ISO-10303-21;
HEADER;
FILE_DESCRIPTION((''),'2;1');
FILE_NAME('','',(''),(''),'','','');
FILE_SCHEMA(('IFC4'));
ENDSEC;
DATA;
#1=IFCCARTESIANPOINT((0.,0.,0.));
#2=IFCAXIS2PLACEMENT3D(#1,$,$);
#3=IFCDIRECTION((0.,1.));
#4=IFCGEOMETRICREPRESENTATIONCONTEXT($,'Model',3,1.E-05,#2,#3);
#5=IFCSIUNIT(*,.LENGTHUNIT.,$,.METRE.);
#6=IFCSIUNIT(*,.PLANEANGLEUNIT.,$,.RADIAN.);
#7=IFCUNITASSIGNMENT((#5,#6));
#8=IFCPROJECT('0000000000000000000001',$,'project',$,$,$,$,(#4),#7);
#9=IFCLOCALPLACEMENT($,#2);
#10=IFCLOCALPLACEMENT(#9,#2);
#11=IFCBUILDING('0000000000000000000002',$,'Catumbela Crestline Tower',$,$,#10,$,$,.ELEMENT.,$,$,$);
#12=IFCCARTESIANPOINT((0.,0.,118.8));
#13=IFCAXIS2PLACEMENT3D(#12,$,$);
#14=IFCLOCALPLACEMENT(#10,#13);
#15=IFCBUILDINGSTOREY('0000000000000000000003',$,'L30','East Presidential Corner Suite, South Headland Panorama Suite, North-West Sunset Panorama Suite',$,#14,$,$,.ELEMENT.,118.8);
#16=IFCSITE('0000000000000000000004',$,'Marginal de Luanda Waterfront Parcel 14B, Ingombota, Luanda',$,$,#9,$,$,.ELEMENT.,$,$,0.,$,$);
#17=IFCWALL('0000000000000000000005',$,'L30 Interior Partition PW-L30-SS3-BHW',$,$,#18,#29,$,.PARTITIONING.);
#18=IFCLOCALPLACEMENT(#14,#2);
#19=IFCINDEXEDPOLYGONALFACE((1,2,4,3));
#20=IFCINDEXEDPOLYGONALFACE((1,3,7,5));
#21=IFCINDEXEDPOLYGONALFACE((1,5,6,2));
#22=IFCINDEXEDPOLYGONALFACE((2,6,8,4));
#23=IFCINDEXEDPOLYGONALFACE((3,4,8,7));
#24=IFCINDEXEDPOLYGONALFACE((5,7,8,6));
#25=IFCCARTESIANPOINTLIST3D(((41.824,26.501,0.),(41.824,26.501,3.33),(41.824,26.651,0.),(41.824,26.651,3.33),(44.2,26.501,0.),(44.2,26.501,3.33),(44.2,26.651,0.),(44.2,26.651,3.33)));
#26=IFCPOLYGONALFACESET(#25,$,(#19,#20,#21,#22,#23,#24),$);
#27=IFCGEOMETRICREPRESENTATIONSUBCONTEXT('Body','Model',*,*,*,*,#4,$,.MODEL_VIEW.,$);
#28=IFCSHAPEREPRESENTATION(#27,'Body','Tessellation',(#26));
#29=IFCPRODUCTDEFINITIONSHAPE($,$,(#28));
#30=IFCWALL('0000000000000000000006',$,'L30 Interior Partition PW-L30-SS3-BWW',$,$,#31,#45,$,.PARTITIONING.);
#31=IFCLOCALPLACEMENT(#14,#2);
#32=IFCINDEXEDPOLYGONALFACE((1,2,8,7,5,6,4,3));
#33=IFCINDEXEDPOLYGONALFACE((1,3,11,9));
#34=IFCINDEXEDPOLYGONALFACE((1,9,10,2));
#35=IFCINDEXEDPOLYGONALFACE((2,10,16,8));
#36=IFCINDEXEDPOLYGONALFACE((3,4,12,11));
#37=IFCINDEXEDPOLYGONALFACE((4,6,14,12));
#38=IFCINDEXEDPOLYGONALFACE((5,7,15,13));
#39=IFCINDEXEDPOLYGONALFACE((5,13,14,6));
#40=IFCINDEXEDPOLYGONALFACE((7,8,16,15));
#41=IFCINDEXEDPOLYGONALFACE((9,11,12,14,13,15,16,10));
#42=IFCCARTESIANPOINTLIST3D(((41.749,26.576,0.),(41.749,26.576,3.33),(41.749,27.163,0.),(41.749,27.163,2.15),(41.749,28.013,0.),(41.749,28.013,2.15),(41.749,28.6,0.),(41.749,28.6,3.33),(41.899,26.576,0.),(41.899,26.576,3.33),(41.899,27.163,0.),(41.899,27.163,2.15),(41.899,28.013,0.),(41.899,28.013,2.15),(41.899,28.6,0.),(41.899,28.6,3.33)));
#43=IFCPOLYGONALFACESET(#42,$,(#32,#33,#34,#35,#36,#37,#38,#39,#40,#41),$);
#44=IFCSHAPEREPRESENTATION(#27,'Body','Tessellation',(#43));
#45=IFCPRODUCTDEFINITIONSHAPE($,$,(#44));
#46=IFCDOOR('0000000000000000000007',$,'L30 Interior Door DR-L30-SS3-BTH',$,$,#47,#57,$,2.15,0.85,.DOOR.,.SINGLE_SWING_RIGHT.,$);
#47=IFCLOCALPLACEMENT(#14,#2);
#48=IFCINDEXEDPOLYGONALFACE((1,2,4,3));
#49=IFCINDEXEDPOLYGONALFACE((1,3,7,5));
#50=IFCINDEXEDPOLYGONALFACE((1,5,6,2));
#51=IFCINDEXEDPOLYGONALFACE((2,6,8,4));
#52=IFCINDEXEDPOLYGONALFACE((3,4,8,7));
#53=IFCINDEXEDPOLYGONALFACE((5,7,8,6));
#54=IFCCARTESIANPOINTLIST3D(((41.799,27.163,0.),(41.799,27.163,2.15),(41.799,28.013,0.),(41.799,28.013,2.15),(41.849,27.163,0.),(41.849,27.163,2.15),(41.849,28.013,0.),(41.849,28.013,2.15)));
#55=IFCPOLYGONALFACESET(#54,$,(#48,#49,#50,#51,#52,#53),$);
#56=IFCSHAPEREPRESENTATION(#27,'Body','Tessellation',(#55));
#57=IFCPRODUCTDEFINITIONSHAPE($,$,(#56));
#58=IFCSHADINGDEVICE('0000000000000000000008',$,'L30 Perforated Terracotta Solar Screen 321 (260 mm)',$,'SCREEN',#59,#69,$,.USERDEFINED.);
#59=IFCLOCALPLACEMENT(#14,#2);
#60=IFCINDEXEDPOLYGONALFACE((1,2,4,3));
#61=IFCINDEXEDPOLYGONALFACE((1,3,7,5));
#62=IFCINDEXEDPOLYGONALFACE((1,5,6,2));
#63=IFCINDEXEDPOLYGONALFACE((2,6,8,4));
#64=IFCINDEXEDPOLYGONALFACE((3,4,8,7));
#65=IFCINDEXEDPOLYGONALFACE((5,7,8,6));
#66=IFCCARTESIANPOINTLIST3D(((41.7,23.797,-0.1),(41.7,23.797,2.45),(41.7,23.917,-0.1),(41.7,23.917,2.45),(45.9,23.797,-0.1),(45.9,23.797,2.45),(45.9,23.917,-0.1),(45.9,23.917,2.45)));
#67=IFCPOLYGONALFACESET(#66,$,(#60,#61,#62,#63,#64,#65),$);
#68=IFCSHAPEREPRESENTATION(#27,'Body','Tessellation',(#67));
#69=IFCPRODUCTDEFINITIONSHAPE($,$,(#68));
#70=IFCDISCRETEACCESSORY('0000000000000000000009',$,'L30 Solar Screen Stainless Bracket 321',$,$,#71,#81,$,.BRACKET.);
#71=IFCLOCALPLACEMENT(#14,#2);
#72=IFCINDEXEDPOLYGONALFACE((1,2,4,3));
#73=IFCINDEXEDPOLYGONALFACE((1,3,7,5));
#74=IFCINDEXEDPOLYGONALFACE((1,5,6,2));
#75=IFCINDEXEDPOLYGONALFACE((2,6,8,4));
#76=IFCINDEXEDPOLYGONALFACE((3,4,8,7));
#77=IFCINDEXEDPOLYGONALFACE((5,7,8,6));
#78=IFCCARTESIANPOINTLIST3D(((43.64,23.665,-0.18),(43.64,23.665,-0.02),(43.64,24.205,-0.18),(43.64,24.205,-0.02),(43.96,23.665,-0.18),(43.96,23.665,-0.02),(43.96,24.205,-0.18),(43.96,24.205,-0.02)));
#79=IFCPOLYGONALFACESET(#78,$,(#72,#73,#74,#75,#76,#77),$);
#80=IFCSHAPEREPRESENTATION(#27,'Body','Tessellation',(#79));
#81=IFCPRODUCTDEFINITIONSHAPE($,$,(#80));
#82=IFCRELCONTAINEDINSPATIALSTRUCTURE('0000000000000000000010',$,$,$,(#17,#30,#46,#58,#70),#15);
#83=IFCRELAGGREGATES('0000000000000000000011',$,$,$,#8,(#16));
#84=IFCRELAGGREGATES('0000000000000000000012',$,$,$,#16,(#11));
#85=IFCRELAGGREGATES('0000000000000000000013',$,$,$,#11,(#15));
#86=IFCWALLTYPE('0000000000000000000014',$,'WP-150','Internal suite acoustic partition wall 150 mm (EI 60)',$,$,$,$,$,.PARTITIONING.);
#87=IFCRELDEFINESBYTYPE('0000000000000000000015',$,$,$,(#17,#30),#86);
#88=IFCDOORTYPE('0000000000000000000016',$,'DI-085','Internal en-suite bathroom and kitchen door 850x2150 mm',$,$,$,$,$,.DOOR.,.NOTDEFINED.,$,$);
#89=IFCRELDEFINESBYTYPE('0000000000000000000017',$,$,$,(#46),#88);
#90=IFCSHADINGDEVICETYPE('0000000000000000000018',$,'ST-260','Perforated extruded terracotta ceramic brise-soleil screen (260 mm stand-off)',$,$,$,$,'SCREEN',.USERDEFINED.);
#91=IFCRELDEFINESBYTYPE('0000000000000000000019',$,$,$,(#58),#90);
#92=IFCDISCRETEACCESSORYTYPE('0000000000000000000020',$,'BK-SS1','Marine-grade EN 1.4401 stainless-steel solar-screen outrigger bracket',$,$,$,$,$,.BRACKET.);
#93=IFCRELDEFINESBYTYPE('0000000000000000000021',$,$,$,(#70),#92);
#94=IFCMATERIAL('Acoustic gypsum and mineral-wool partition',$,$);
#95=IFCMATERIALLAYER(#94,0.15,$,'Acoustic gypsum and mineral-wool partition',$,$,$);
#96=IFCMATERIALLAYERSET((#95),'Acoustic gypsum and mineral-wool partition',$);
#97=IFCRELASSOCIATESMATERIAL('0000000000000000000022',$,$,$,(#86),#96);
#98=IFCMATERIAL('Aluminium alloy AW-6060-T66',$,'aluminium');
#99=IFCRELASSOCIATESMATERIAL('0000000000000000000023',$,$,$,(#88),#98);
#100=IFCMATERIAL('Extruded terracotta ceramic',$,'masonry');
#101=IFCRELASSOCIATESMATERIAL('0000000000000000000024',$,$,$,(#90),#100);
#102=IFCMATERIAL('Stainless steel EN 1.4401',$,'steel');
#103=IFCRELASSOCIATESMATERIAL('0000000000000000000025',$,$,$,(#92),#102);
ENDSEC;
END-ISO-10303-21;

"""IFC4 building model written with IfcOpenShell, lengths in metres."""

from ifc_helpers import new_model, si_unit, direction, frame, frame_2d, origin, origin_2d, place, context, subcontext, project, spatial, rectangle, extrude, material, layer, layer_set, type_object, element, fill, save


model = new_model("IFC4")

# Units and contexts
model_context = context("Model", 3, precision=1e-05, world=origin(), true_north=direction((0.0, 1.0)))
body_context = subcontext(model_context, "Body", "Model", "MODEL_VIEW")
ifc_project = project(units=[si_unit("LENGTHUNIT", "METRE"), si_unit("PLANEANGLEUNIT", "RADIAN")], contexts=[model_context])

# Site, building, storey
site_placement = place(None, origin())
site = spatial("IfcSite", under=ifc_project, at=site_placement, Name="Marginal de Luanda Waterfront Parcel 14B, Ingombota, Luanda", CompositionType="ELEMENT", RefElevation=0.0)
building_placement = place(site_placement, origin())
building = spatial("IfcBuilding", under=site, at=building_placement, Name="Catumbela Crestline Tower", CompositionType="ELEMENT")
storey_placement = place(building_placement, frame((0.0, 0.0, 118.8)))
storey = spatial("IfcBuildingStorey", under=building, at=storey_placement, Name="L30", Description="East Presidential Corner Suite, South Headland Panorama Suite, North-West Sunset Panorama Suite", CompositionType="ELEMENT", Elevation=118.8)

# Shared definitions
ifc_material_1 = material(Name="Aluminium alloy AW-6060-T66", Category="aluminium")

# Shared definitions
ifc_material_2 = material(Name="Acoustic gypsum and mineral-wool partition")

# Wall
ifc_layer_1 = layer(ifc_material_2, 0.15, Name="Acoustic gypsum and mineral-wool partition")
ifc_layer_set_1 = layer_set([ifc_layer_1], Name="Acoustic gypsum and mineral-wool partition")
wall_type_1 = type_object("IfcWallType", Name="WP-150", Description="Internal suite acoustic partition wall 150 mm (EI 60)", PredefinedType="PARTITIONING", material=ifc_layer_set_1)
wall_1_placement = place(storey_placement, frame((41.824, 26.576, 0.0), z_axis=(0.0, 0.0, 1.0), x_axis=(1.0, 0.0, 0.0)))
element("IfcWall", 1, at=wall_1_placement, inside=storey, type_object=wall_type_1, Name="L30 Interior Partition PW-L30-SS3-BHW", PredefinedType="PARTITIONING", context=body_context, shape_type="SweptSolid", body=[
    extrude(rectangle(XDim=2.376, YDim=0.15, at=frame_2d((1.188, 0.0))), origin(), (0.0, 0.0, 1.0), 3.33),
])

# Wall, opening, door
wall_2_placement = place(storey_placement, frame((41.824, 26.576, 0.0), z_axis=(0.0, 0.0, 1.0), x_axis=(0.0, 1.0, 0.0)))
wall_2 = element("IfcWall", 2, at=wall_2_placement, inside=storey, type_object=wall_type_1, Name="L30 Interior Partition PW-L30-SS3-BWW", PredefinedType="PARTITIONING", context=body_context, shape_type="SweptSolid", body=[
    extrude(rectangle(XDim=2.024, YDim=0.15, at=frame_2d((1.012, 0.0))), origin(), (0.0, 0.0, 1.0), 3.33),
])
opening_1_placement = place(wall_2_placement, frame((0.587, 0.0, 0.0)))
opening_1 = element("IfcOpeningElement", 3, at=opening_1_placement, cuts=wall_2, PredefinedType="OPENING", context=body_context, shape_type="SweptSolid", body=[
    extrude(rectangle(XDim=0.85, YDim=2.15, at=frame_2d((0.425, 1.075))), frame((0.0, 0.085, 0.0), z_axis=(0.0, -1.0, 0.0), x_axis=(1.0, 0.0, 0.0)), (0.0, 0.0, 1.0), 0.17),
])
door_type = type_object("IfcDoorType", Name="DI-085", Description="Internal en-suite bathroom and kitchen door 850x2150 mm", OperationType="NOTDEFINED", PredefinedType="DOOR", material=ifc_material_1)
door_placement = place(opening_1_placement, origin())
door = element("IfcDoor", 4, at=door_placement, inside=storey, type_object=door_type, Name="L30 Interior Door DR-L30-SS3-BTH", OperationType="SINGLE_SWING_RIGHT", OverallHeight=2.15, OverallWidth=0.85, PredefinedType="DOOR", context=body_context, shape_type="SweptSolid", body=[
    extrude(rectangle(XDim=0.85, YDim=2.15, at=frame_2d((0.425, 1.075))), frame((0.0, 0.025, 0.0), z_axis=(0.0, -1.0, 0.0), x_axis=(1.0, 0.0, 0.0)), (0.0, 0.0, 1.0), 0.05),
])
fill(opening_1, door)

# Shading device
ifc_material_3 = material(Name="Extruded terracotta ceramic", Category="masonry")
shading_device_type = type_object("IfcShadingDeviceType", Name="ST-260", Description="Perforated extruded terracotta ceramic brise-soleil screen (260 mm stand-off)", ElementType="SCREEN", PredefinedType="USERDEFINED", material=ifc_material_3)
shading_device_placement = place(storey_placement, frame((43.8, 23.857, -0.1), z_axis=(0.0, 0.0, 1.0), x_axis=(1.0, 0.0, 0.0)))
element("IfcShadingDevice", 5, at=shading_device_placement, inside=storey, type_object=shading_device_type, Name="L30 Perforated Terracotta Solar Screen 321 (260 mm)", ObjectType="SCREEN", PredefinedType="USERDEFINED", context=body_context, shape_type="SweptSolid", body=[
    extrude(rectangle(XDim=4.2, YDim=0.12, at=origin_2d()), origin(), (0.0, 0.0, 1.0), 2.55),
])

# Discrete accessory
ifc_material_4 = material(Name="Stainless steel EN 1.4401", Category="steel")
discrete_accessory_type = type_object("IfcDiscreteAccessoryType", Name="BK-SS1", Description="Marine-grade EN 1.4401 stainless-steel solar-screen outrigger bracket", PredefinedType="BRACKET", material=ifc_material_4)
discrete_accessory_placement = place(storey_placement, frame((43.8, 23.935, -0.18), z_axis=(0.0, 0.0, 1.0), x_axis=(1.0, 0.0, 0.0)))
element("IfcDiscreteAccessory", 6, at=discrete_accessory_placement, inside=storey, type_object=discrete_accessory_type, Name="L30 Solar Screen Stainless Bracket 321", PredefinedType="BRACKET", context=body_context, shape_type="SweptSolid", body=[
    extrude(rectangle(XDim=0.32, YDim=0.54, at=origin_2d()), origin(), (0.0, 0.0, 1.0), 0.16),
])

save(model, "model.ifc")
